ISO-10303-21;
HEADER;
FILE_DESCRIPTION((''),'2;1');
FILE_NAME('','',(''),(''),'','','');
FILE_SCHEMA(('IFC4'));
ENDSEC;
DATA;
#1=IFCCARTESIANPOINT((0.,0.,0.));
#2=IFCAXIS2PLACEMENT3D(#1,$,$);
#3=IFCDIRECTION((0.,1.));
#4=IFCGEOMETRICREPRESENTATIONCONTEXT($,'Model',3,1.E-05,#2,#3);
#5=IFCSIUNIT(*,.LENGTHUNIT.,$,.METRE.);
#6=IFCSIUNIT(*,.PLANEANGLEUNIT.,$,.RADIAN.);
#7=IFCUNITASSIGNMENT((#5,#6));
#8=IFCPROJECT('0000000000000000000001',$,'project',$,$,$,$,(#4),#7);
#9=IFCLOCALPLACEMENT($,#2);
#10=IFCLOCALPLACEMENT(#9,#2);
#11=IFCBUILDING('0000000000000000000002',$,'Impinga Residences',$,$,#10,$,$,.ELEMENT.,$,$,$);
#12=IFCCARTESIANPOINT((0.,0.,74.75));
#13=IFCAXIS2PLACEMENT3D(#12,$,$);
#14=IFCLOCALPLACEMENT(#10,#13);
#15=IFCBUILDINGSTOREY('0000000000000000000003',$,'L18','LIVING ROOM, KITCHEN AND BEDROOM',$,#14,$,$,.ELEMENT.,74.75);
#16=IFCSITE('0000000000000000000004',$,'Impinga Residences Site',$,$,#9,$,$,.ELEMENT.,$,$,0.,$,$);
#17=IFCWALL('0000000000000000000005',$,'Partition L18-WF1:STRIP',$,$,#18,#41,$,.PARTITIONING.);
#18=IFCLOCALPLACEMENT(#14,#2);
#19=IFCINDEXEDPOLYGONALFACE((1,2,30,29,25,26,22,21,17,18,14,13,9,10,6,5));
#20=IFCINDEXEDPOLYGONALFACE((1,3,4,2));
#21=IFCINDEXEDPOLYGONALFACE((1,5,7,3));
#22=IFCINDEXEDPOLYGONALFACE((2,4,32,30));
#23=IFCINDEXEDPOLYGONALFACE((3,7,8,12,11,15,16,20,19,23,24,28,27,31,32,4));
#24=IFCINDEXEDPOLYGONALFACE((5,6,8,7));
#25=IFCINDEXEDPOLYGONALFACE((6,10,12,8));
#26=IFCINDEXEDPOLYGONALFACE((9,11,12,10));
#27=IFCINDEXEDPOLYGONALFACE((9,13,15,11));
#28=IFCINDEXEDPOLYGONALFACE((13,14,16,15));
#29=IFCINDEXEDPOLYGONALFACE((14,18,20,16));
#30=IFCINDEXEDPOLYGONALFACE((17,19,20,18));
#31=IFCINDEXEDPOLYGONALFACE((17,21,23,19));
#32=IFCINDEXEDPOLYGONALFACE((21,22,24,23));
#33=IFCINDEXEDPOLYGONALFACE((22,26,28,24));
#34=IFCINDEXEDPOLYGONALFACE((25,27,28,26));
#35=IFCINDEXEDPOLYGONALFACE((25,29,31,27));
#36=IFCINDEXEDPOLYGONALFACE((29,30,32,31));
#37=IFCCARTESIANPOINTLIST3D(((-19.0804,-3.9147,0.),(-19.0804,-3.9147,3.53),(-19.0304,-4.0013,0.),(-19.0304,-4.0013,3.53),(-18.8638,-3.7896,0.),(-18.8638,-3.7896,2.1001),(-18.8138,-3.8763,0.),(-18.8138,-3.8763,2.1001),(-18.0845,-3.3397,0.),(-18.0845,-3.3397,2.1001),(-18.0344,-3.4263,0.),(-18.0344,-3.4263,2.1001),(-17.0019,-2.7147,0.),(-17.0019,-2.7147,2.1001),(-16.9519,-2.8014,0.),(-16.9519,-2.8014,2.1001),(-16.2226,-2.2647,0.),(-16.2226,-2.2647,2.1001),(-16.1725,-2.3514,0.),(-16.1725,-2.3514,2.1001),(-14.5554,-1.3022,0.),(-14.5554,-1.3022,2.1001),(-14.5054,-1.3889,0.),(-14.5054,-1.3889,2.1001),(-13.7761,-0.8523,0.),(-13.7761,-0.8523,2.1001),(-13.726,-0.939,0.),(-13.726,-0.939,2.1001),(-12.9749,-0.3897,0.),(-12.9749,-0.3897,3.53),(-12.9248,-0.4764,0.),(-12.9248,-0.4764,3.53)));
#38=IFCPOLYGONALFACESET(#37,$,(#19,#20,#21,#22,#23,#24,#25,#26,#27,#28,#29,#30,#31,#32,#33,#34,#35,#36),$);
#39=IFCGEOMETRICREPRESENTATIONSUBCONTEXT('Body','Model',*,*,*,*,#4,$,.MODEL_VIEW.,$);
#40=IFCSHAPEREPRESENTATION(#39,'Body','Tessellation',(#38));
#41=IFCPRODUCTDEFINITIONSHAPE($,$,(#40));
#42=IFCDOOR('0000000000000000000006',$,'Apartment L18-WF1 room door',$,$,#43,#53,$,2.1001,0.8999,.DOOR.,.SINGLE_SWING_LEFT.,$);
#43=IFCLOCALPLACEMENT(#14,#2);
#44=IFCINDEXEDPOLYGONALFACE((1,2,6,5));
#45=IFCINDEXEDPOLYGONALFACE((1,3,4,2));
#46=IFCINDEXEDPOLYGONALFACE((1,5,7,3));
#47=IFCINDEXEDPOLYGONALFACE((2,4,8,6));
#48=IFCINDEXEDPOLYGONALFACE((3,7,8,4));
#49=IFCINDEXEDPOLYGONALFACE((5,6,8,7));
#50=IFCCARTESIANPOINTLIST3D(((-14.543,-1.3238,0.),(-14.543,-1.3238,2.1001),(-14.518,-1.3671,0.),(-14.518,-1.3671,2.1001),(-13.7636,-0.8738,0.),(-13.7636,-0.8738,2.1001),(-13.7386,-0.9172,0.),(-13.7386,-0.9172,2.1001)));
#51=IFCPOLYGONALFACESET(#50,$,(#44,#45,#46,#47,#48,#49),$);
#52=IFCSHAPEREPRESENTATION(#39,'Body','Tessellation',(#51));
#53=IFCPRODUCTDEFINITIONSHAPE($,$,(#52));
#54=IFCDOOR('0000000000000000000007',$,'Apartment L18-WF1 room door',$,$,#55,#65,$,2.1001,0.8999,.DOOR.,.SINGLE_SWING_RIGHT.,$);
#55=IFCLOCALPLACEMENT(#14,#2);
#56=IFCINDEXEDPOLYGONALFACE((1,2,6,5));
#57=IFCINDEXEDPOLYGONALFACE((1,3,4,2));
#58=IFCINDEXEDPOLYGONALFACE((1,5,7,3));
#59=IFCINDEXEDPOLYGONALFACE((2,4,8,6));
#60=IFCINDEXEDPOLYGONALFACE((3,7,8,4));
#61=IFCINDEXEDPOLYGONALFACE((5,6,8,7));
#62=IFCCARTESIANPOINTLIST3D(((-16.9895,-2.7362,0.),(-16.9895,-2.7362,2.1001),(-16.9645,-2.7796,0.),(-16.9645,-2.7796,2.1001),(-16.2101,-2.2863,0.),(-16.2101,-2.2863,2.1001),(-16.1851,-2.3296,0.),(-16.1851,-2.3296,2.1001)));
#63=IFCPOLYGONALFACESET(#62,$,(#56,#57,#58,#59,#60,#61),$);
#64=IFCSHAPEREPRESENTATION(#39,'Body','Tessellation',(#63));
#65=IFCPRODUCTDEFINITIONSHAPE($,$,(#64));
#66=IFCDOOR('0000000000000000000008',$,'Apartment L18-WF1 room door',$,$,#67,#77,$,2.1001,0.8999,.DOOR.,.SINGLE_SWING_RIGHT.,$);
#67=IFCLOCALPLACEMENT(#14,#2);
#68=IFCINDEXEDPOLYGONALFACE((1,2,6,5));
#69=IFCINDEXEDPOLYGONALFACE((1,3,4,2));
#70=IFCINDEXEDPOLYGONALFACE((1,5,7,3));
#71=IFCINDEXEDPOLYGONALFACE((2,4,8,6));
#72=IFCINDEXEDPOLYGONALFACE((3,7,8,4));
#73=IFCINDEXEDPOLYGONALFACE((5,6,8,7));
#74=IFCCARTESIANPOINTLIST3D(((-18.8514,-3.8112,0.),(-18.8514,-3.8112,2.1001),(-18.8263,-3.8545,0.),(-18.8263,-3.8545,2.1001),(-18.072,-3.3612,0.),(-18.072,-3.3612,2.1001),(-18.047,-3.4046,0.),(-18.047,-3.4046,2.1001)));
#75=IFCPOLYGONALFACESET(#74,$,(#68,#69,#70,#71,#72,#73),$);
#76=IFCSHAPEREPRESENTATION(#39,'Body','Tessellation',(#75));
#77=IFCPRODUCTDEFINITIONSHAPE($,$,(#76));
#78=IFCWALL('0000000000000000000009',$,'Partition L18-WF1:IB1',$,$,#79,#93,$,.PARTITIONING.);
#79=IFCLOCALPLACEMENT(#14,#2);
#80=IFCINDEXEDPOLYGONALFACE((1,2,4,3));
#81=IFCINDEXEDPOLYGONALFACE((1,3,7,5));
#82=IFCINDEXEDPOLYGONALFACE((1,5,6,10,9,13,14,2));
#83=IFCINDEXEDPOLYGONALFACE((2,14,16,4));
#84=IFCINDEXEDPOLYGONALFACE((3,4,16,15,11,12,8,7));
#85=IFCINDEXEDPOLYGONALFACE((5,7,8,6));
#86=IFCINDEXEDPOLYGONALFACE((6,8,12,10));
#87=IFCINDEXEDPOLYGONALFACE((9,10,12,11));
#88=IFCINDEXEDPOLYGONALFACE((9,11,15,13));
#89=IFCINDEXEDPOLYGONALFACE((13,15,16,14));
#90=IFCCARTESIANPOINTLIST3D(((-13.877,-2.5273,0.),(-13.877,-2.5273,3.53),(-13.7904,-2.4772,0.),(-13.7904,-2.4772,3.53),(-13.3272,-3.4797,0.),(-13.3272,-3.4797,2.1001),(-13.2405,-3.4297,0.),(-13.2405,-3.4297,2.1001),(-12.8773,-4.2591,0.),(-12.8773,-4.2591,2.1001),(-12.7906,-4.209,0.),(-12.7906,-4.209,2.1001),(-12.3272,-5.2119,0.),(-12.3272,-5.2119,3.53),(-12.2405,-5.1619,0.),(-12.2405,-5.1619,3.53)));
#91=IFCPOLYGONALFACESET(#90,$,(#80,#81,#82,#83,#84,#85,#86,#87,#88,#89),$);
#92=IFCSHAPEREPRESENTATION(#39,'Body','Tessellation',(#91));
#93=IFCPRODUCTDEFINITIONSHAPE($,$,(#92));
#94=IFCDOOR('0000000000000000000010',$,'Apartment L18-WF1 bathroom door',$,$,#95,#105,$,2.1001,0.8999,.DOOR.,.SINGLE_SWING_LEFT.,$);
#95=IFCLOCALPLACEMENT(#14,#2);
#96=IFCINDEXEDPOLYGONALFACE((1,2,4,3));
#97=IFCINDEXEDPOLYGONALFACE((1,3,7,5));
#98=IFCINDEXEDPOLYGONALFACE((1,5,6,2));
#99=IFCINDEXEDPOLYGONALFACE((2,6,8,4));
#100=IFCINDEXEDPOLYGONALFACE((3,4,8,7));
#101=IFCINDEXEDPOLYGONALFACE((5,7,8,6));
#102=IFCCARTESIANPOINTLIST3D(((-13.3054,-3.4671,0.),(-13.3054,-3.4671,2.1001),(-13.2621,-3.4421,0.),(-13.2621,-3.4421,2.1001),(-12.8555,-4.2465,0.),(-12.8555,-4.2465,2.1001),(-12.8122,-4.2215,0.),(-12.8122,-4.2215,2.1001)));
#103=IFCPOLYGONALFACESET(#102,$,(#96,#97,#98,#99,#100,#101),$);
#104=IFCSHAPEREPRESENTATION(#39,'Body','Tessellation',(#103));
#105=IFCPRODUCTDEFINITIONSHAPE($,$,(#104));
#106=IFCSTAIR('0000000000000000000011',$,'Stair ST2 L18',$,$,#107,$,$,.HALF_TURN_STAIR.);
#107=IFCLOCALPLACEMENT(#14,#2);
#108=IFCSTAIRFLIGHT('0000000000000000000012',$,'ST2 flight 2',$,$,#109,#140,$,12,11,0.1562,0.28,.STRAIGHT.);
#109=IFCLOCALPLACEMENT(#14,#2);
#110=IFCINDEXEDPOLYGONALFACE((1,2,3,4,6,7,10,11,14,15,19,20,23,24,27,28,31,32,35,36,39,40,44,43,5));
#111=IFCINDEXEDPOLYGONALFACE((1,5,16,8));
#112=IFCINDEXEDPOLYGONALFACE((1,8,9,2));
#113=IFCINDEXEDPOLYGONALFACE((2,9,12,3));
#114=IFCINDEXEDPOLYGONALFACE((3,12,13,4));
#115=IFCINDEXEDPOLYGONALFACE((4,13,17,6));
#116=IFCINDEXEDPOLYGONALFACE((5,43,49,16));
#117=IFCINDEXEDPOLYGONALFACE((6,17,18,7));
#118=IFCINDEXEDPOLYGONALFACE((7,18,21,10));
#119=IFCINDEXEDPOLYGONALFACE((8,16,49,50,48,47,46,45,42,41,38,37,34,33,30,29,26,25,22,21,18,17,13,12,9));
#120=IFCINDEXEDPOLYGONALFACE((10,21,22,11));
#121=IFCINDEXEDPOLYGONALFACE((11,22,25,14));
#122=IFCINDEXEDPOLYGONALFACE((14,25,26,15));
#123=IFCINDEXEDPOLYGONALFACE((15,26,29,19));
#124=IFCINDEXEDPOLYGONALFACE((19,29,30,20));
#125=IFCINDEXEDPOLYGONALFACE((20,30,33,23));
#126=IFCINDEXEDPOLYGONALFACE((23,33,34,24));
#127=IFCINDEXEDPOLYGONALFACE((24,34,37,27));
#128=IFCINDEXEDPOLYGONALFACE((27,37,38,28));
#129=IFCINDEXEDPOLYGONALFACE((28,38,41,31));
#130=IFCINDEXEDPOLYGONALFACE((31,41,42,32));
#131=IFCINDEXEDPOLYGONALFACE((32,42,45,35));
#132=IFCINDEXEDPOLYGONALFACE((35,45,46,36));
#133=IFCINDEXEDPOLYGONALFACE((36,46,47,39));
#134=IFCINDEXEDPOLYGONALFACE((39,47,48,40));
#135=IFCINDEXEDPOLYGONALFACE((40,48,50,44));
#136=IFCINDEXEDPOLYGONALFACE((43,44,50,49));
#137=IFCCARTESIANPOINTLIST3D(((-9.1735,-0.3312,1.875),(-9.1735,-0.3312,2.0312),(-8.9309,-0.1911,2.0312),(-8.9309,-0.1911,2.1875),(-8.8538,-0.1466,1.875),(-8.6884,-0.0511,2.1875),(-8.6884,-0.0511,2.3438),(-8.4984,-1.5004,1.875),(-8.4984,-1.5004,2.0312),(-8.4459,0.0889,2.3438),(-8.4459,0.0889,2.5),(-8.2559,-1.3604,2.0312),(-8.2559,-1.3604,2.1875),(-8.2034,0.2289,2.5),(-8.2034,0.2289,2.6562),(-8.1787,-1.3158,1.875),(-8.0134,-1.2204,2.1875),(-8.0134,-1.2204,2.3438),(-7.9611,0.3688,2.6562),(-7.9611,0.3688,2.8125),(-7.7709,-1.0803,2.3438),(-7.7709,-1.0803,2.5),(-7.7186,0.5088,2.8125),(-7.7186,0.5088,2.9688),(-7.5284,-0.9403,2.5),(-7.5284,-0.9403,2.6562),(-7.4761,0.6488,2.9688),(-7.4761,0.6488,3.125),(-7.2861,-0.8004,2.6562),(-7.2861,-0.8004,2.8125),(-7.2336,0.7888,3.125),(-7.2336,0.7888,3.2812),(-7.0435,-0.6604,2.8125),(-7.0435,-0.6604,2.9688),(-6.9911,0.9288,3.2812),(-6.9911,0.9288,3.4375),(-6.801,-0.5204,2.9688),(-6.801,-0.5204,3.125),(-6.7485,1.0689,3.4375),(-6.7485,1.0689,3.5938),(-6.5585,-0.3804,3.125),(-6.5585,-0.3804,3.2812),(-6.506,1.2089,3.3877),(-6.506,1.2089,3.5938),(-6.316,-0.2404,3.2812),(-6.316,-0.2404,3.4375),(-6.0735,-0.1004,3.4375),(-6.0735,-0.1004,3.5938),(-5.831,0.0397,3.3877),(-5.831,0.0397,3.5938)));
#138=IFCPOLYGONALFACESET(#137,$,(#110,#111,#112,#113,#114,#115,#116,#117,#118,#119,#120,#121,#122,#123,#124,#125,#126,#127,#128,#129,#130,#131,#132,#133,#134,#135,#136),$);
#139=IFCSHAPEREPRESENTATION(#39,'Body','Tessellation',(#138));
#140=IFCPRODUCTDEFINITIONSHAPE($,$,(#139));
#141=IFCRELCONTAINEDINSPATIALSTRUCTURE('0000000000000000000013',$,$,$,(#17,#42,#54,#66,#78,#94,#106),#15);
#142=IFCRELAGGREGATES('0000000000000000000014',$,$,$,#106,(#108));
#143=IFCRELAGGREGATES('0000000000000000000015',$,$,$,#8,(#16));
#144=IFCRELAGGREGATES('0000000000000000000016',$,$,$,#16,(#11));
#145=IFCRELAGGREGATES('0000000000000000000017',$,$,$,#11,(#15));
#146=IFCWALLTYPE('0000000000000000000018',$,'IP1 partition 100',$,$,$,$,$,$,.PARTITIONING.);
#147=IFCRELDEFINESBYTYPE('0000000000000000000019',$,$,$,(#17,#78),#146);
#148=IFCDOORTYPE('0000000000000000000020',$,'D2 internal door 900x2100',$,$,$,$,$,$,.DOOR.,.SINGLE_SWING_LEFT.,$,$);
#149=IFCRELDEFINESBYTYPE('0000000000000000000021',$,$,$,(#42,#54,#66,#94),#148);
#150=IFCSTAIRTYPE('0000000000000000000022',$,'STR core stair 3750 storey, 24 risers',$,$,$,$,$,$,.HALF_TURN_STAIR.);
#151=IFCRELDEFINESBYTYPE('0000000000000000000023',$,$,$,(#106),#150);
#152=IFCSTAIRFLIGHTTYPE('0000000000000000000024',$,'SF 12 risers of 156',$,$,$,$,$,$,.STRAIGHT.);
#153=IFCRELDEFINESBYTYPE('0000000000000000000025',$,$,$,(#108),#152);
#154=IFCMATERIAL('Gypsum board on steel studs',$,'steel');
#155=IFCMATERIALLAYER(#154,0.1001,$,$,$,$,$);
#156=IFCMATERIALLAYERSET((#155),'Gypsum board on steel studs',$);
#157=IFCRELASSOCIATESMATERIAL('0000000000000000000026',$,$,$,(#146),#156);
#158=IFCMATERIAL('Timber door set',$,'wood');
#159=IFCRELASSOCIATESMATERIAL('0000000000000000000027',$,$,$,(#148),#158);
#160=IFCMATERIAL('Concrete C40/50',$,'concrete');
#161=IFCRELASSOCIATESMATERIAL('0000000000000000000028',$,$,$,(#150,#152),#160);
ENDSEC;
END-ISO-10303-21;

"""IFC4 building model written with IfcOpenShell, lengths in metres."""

from ifc_helpers import new_model, si_unit, direction, frame, frame_2d, origin, place, context, subcontext, project, spatial, polyline, rectangle, outline, extrude, material, layer, layer_set, type_object, element, fill, aggregate, save


model = new_model("IFC4")

# Units and contexts
model_context = context("Model", 3, precision=1e-05, world=origin(), true_north=direction((0.0, 1.0)))
body_context = subcontext(model_context, "Body", "Model", "MODEL_VIEW")
ifc_project = project(units=[si_unit("LENGTHUNIT", "METRE"), si_unit("PLANEANGLEUNIT", "RADIAN")], contexts=[model_context])

# Site, building, storey
site_placement = place(None, origin())
site = spatial("IfcSite", under=ifc_project, at=site_placement, Name="Impinga Residences Site", CompositionType="ELEMENT", RefElevation=0.0)
building_placement = place(site_placement, origin())
building = spatial("IfcBuilding", under=site, at=building_placement, Name="Impinga Residences", CompositionType="ELEMENT")
storey_placement = place(building_placement, frame((0.0, 0.0, 74.75)))
storey = spatial("IfcBuildingStorey", under=building, at=storey_placement, Name="L18", Description="LIVING ROOM, KITCHEN AND BEDROOM", CompositionType="ELEMENT", Elevation=74.75)

# Shared definitions
ifc_material_1 = material(Name="Timber door set", Category="wood")

# Shared definitions
ifc_material_2 = material(Name="Gypsum board on steel studs", Category="steel")
ifc_layer_1 = layer(ifc_material_2, 0.1001)
ifc_layer_set_1 = layer_set([ifc_layer_1], Name="Gypsum board on steel studs")
wall_type_1 = type_object("IfcWallType", Name="IP1 partition 100", PredefinedType="PARTITIONING", material=ifc_layer_set_1)

# Wall, openings, doors
wall_1_placement = place(storey_placement, frame((-12.95, -0.4331, 0.0), z_axis=(0.0, 0.0, 1.0), x_axis=(-0.866031, -0.49999, 0.0)))
wall_1 = element("IfcWall", 1, at=wall_1_placement, inside=storey, type_object=wall_type_1, Name="Partition L18-WF1:STRIP", PredefinedType="PARTITIONING", context=body_context, shape_type="SweptSolid", body=[
    extrude(rectangle(XDim=7.05, YDim=0.1001, at=frame_2d((3.5249, 0.0))), origin(), (0.0, 0.0, 1.0), 3.53),
])
opening_1_placement = place(wall_1_placement, frame((0.925, 0.0, 0.0)))
opening_1 = element("IfcOpeningElement", 2, at=opening_1_placement, cuts=wall_1, PredefinedType="OPENING", context=body_context, shape_type="SweptSolid", body=[
    extrude(rectangle(XDim=0.8999, YDim=2.1001, at=frame_2d((0.45, 1.05))), frame((0.0, 0.0601, 0.0), z_axis=(0.0, -1.0, 0.0), x_axis=(1.0, 0.0, 0.0)), (0.0, 0.0, 1.0), 0.1201),
])
opening_2_placement = place(wall_1_placement, frame((3.75, 0.0, 0.0)))
opening_2 = element("IfcOpeningElement", 3, at=opening_2_placement, cuts=wall_1, PredefinedType="OPENING", context=body_context, shape_type="SweptSolid", body=[
    extrude(rectangle(XDim=0.8999, YDim=2.1001, at=frame_2d((0.45, 1.05))), frame((0.0, 0.0601, 0.0), z_axis=(0.0, -1.0, 0.0), x_axis=(1.0, 0.0, 0.0)), (0.0, 0.0, 1.0), 0.1201),
])
opening_3_placement = place(wall_1_placement, frame((5.8999, 0.0, 0.0)))
opening_3 = element("IfcOpeningElement", 4, at=opening_3_placement, cuts=wall_1, PredefinedType="OPENING", context=body_context, shape_type="SweptSolid", body=[
    extrude(rectangle(XDim=0.8999, YDim=2.1001, at=frame_2d((0.45, 1.05))), frame((0.0, 0.0601, 0.0), z_axis=(0.0, -1.0, 0.0), x_axis=(1.0, 0.0, 0.0)), (0.0, 0.0, 1.0), 0.1201),
])
door_type_1 = type_object("IfcDoorType", Name="D2 internal door 900x2100", OperationType="SINGLE_SWING_LEFT", PredefinedType="DOOR", material=ifc_material_1)
door_1_placement = place(opening_1_placement, origin())
door_1 = element("IfcDoor", 5, at=door_1_placement, inside=storey, type_object=door_type_1, Name="Apartment L18-WF1 room door", OperationType="SINGLE_SWING_LEFT", OverallHeight=2.1001, OverallWidth=0.8999, PredefinedType="DOOR", context=body_context, shape_type="SweptSolid", body=[
    extrude(rectangle(XDim=0.8999, YDim=2.1001, at=frame_2d((0.45, 1.05))), frame((0.0, 0.0249, 0.0), z_axis=(0.0, -1.0, 0.0), x_axis=(1.0, 0.0, 0.0)), (0.0, 0.0, 1.0), 0.05),
])
fill(opening_1, door_1)
door_2_placement = place(opening_2_placement, origin())
door_2 = element("IfcDoor", 6, at=door_2_placement, inside=storey, type_object=door_type_1, Name="Apartment L18-WF1 room door", OperationType="SINGLE_SWING_RIGHT", OverallHeight=2.1001, OverallWidth=0.8999, PredefinedType="DOOR", context=body_context, shape_type="SweptSolid", body=[
    extrude(rectangle(XDim=0.8999, YDim=2.1001, at=frame_2d((0.45, 1.05))), frame((0.0, 0.0249, 0.0), z_axis=(0.0, -1.0, 0.0), x_axis=(1.0, 0.0, 0.0)), (0.0, 0.0, 1.0), 0.05),
])
fill(opening_2, door_2)
door_3_placement = place(opening_3_placement, origin())
door_3 = element("IfcDoor", 7, at=door_3_placement, inside=storey, type_object=door_type_1, Name="Apartment L18-WF1 room door", OperationType="SINGLE_SWING_RIGHT", OverallHeight=2.1001, OverallWidth=0.8999, PredefinedType="DOOR", context=body_context, shape_type="SweptSolid", body=[
    extrude(rectangle(XDim=0.8999, YDim=2.1001, at=frame_2d((0.45, 1.05))), frame((0.0, 0.0249, 0.0), z_axis=(0.0, -1.0, 0.0), x_axis=(1.0, 0.0, 0.0)), (0.0, 0.0, 1.0), 0.05),
])
fill(opening_3, door_3)

# Wall, opening, door
wall_2_placement = place(storey_placement, frame((-12.2839, -5.1868, 0.0), z_axis=(0.0, 0.0, 1.0), x_axis=(-0.499968, 0.866044, 0.0)))
wall_2 = element("IfcWall", 8, at=wall_2_placement, inside=storey, type_object=wall_type_1, Name="Partition L18-WF1:IB1", PredefinedType="PARTITIONING", context=body_context, shape_type="SweptSolid", body=[
    extrude(rectangle(XDim=3.0999, YDim=0.1001, at=frame_2d((1.5498, 0.0))), origin(), (0.0, 0.0, 1.0), 3.53),
])
opening_4_placement = place(wall_2_placement, frame((1.1001, 0.0, 0.0)))
opening_4 = element("IfcOpeningElement", 9, at=opening_4_placement, cuts=wall_2, PredefinedType="OPENING", context=body_context, shape_type="SweptSolid", body=[
    extrude(rectangle(XDim=0.8999, YDim=2.1001, at=frame_2d((0.45, 1.05))), frame((0.0, 0.0601, 0.0), z_axis=(0.0, -1.0, 0.0), x_axis=(1.0, 0.0, 0.0)), (0.0, 0.0, 1.0), 0.1201),
])
door_4_placement = place(opening_4_placement, origin())
door_4 = element("IfcDoor", 10, at=door_4_placement, inside=storey, type_object=door_type_1, Name="Apartment L18-WF1 bathroom door", OperationType="SINGLE_SWING_LEFT", OverallHeight=2.1001, OverallWidth=0.8999, PredefinedType="DOOR", context=body_context, shape_type="SweptSolid", body=[
    extrude(rectangle(XDim=0.8999, YDim=2.1001, at=frame_2d((0.45, 1.05))), frame((0.0, 0.0249, 0.0), z_axis=(0.0, -1.0, 0.0), x_axis=(1.0, 0.0, 0.0)), (0.0, 0.0, 1.0), 0.05),
])
fill(opening_4, door_4)

# Stair, stair flight
ifc_material_3 = material(Name="Concrete C40/50", Category="concrete")
stair_type = type_object("IfcStairType", Name="STR core stair 3750 storey, 24 risers", PredefinedType="HALF_TURN_STAIR", material=ifc_material_3)
stair_placement = place(storey_placement, origin())
stair = element("IfcStair", 11, at=stair_placement, inside=storey, type_object=stair_type, Name="Stair ST2 L18", PredefinedType="HALF_TURN_STAIR")
stair_flight_type = type_object("IfcStairFlightType", Name="SF 12 risers of 156", PredefinedType="STRAIGHT", material=ifc_material_3)
stair_flight_placement = place(storey_placement, frame((-8.8359, -0.9158, 1.875), z_axis=(0.0, 0.0, 1.0), x_axis=(0.866025, 0.5, 0.0)))
stair_flight = element("IfcStairFlight", 12, at=stair_flight_placement, type_object=stair_flight_type, Name="ST2 flight 2", NumberOfRisers=12, NumberOfTreads=11, PredefinedType="STRAIGHT", RiserHeight=0.1562, TreadLength=0.28, context=body_context, shape_type="SweptSolid", body=[
    extrude(outline(polyline([(0.0, 0.0), (0.0, 0.1562), (0.28, 0.1562), (0.28, 0.3125), (0.5601, 0.3125), (0.5601, 0.4688), (0.8401, 0.4688), (0.8401, 0.625), (1.1201, 0.625), (1.1201, 0.7812), (1.3999, 0.7812), (1.3999, 0.9375), (1.6799, 0.9375), (1.6799, 1.0938), (1.96, 1.0938), (1.96, 1.25), (2.24, 1.25), (2.24, 1.4062), (2.52, 1.4062), (2.52, 1.5625), (2.8, 1.5625), (2.8, 1.7188), (3.0801, 1.7188), (3.0801, 1.875), (3.0801, 1.5127), (0.3691, 0.0), (0.0, 0.0)])), frame((0.0, 0.675, 0.0), z_axis=(0.0, -1.0, 0.0), x_axis=(1.0, 0.0, 0.0)), (0.0, 0.0, 1.0), 1.3501),
])
aggregate(stair, [stair_flight])

save(model, "model.ifc")
